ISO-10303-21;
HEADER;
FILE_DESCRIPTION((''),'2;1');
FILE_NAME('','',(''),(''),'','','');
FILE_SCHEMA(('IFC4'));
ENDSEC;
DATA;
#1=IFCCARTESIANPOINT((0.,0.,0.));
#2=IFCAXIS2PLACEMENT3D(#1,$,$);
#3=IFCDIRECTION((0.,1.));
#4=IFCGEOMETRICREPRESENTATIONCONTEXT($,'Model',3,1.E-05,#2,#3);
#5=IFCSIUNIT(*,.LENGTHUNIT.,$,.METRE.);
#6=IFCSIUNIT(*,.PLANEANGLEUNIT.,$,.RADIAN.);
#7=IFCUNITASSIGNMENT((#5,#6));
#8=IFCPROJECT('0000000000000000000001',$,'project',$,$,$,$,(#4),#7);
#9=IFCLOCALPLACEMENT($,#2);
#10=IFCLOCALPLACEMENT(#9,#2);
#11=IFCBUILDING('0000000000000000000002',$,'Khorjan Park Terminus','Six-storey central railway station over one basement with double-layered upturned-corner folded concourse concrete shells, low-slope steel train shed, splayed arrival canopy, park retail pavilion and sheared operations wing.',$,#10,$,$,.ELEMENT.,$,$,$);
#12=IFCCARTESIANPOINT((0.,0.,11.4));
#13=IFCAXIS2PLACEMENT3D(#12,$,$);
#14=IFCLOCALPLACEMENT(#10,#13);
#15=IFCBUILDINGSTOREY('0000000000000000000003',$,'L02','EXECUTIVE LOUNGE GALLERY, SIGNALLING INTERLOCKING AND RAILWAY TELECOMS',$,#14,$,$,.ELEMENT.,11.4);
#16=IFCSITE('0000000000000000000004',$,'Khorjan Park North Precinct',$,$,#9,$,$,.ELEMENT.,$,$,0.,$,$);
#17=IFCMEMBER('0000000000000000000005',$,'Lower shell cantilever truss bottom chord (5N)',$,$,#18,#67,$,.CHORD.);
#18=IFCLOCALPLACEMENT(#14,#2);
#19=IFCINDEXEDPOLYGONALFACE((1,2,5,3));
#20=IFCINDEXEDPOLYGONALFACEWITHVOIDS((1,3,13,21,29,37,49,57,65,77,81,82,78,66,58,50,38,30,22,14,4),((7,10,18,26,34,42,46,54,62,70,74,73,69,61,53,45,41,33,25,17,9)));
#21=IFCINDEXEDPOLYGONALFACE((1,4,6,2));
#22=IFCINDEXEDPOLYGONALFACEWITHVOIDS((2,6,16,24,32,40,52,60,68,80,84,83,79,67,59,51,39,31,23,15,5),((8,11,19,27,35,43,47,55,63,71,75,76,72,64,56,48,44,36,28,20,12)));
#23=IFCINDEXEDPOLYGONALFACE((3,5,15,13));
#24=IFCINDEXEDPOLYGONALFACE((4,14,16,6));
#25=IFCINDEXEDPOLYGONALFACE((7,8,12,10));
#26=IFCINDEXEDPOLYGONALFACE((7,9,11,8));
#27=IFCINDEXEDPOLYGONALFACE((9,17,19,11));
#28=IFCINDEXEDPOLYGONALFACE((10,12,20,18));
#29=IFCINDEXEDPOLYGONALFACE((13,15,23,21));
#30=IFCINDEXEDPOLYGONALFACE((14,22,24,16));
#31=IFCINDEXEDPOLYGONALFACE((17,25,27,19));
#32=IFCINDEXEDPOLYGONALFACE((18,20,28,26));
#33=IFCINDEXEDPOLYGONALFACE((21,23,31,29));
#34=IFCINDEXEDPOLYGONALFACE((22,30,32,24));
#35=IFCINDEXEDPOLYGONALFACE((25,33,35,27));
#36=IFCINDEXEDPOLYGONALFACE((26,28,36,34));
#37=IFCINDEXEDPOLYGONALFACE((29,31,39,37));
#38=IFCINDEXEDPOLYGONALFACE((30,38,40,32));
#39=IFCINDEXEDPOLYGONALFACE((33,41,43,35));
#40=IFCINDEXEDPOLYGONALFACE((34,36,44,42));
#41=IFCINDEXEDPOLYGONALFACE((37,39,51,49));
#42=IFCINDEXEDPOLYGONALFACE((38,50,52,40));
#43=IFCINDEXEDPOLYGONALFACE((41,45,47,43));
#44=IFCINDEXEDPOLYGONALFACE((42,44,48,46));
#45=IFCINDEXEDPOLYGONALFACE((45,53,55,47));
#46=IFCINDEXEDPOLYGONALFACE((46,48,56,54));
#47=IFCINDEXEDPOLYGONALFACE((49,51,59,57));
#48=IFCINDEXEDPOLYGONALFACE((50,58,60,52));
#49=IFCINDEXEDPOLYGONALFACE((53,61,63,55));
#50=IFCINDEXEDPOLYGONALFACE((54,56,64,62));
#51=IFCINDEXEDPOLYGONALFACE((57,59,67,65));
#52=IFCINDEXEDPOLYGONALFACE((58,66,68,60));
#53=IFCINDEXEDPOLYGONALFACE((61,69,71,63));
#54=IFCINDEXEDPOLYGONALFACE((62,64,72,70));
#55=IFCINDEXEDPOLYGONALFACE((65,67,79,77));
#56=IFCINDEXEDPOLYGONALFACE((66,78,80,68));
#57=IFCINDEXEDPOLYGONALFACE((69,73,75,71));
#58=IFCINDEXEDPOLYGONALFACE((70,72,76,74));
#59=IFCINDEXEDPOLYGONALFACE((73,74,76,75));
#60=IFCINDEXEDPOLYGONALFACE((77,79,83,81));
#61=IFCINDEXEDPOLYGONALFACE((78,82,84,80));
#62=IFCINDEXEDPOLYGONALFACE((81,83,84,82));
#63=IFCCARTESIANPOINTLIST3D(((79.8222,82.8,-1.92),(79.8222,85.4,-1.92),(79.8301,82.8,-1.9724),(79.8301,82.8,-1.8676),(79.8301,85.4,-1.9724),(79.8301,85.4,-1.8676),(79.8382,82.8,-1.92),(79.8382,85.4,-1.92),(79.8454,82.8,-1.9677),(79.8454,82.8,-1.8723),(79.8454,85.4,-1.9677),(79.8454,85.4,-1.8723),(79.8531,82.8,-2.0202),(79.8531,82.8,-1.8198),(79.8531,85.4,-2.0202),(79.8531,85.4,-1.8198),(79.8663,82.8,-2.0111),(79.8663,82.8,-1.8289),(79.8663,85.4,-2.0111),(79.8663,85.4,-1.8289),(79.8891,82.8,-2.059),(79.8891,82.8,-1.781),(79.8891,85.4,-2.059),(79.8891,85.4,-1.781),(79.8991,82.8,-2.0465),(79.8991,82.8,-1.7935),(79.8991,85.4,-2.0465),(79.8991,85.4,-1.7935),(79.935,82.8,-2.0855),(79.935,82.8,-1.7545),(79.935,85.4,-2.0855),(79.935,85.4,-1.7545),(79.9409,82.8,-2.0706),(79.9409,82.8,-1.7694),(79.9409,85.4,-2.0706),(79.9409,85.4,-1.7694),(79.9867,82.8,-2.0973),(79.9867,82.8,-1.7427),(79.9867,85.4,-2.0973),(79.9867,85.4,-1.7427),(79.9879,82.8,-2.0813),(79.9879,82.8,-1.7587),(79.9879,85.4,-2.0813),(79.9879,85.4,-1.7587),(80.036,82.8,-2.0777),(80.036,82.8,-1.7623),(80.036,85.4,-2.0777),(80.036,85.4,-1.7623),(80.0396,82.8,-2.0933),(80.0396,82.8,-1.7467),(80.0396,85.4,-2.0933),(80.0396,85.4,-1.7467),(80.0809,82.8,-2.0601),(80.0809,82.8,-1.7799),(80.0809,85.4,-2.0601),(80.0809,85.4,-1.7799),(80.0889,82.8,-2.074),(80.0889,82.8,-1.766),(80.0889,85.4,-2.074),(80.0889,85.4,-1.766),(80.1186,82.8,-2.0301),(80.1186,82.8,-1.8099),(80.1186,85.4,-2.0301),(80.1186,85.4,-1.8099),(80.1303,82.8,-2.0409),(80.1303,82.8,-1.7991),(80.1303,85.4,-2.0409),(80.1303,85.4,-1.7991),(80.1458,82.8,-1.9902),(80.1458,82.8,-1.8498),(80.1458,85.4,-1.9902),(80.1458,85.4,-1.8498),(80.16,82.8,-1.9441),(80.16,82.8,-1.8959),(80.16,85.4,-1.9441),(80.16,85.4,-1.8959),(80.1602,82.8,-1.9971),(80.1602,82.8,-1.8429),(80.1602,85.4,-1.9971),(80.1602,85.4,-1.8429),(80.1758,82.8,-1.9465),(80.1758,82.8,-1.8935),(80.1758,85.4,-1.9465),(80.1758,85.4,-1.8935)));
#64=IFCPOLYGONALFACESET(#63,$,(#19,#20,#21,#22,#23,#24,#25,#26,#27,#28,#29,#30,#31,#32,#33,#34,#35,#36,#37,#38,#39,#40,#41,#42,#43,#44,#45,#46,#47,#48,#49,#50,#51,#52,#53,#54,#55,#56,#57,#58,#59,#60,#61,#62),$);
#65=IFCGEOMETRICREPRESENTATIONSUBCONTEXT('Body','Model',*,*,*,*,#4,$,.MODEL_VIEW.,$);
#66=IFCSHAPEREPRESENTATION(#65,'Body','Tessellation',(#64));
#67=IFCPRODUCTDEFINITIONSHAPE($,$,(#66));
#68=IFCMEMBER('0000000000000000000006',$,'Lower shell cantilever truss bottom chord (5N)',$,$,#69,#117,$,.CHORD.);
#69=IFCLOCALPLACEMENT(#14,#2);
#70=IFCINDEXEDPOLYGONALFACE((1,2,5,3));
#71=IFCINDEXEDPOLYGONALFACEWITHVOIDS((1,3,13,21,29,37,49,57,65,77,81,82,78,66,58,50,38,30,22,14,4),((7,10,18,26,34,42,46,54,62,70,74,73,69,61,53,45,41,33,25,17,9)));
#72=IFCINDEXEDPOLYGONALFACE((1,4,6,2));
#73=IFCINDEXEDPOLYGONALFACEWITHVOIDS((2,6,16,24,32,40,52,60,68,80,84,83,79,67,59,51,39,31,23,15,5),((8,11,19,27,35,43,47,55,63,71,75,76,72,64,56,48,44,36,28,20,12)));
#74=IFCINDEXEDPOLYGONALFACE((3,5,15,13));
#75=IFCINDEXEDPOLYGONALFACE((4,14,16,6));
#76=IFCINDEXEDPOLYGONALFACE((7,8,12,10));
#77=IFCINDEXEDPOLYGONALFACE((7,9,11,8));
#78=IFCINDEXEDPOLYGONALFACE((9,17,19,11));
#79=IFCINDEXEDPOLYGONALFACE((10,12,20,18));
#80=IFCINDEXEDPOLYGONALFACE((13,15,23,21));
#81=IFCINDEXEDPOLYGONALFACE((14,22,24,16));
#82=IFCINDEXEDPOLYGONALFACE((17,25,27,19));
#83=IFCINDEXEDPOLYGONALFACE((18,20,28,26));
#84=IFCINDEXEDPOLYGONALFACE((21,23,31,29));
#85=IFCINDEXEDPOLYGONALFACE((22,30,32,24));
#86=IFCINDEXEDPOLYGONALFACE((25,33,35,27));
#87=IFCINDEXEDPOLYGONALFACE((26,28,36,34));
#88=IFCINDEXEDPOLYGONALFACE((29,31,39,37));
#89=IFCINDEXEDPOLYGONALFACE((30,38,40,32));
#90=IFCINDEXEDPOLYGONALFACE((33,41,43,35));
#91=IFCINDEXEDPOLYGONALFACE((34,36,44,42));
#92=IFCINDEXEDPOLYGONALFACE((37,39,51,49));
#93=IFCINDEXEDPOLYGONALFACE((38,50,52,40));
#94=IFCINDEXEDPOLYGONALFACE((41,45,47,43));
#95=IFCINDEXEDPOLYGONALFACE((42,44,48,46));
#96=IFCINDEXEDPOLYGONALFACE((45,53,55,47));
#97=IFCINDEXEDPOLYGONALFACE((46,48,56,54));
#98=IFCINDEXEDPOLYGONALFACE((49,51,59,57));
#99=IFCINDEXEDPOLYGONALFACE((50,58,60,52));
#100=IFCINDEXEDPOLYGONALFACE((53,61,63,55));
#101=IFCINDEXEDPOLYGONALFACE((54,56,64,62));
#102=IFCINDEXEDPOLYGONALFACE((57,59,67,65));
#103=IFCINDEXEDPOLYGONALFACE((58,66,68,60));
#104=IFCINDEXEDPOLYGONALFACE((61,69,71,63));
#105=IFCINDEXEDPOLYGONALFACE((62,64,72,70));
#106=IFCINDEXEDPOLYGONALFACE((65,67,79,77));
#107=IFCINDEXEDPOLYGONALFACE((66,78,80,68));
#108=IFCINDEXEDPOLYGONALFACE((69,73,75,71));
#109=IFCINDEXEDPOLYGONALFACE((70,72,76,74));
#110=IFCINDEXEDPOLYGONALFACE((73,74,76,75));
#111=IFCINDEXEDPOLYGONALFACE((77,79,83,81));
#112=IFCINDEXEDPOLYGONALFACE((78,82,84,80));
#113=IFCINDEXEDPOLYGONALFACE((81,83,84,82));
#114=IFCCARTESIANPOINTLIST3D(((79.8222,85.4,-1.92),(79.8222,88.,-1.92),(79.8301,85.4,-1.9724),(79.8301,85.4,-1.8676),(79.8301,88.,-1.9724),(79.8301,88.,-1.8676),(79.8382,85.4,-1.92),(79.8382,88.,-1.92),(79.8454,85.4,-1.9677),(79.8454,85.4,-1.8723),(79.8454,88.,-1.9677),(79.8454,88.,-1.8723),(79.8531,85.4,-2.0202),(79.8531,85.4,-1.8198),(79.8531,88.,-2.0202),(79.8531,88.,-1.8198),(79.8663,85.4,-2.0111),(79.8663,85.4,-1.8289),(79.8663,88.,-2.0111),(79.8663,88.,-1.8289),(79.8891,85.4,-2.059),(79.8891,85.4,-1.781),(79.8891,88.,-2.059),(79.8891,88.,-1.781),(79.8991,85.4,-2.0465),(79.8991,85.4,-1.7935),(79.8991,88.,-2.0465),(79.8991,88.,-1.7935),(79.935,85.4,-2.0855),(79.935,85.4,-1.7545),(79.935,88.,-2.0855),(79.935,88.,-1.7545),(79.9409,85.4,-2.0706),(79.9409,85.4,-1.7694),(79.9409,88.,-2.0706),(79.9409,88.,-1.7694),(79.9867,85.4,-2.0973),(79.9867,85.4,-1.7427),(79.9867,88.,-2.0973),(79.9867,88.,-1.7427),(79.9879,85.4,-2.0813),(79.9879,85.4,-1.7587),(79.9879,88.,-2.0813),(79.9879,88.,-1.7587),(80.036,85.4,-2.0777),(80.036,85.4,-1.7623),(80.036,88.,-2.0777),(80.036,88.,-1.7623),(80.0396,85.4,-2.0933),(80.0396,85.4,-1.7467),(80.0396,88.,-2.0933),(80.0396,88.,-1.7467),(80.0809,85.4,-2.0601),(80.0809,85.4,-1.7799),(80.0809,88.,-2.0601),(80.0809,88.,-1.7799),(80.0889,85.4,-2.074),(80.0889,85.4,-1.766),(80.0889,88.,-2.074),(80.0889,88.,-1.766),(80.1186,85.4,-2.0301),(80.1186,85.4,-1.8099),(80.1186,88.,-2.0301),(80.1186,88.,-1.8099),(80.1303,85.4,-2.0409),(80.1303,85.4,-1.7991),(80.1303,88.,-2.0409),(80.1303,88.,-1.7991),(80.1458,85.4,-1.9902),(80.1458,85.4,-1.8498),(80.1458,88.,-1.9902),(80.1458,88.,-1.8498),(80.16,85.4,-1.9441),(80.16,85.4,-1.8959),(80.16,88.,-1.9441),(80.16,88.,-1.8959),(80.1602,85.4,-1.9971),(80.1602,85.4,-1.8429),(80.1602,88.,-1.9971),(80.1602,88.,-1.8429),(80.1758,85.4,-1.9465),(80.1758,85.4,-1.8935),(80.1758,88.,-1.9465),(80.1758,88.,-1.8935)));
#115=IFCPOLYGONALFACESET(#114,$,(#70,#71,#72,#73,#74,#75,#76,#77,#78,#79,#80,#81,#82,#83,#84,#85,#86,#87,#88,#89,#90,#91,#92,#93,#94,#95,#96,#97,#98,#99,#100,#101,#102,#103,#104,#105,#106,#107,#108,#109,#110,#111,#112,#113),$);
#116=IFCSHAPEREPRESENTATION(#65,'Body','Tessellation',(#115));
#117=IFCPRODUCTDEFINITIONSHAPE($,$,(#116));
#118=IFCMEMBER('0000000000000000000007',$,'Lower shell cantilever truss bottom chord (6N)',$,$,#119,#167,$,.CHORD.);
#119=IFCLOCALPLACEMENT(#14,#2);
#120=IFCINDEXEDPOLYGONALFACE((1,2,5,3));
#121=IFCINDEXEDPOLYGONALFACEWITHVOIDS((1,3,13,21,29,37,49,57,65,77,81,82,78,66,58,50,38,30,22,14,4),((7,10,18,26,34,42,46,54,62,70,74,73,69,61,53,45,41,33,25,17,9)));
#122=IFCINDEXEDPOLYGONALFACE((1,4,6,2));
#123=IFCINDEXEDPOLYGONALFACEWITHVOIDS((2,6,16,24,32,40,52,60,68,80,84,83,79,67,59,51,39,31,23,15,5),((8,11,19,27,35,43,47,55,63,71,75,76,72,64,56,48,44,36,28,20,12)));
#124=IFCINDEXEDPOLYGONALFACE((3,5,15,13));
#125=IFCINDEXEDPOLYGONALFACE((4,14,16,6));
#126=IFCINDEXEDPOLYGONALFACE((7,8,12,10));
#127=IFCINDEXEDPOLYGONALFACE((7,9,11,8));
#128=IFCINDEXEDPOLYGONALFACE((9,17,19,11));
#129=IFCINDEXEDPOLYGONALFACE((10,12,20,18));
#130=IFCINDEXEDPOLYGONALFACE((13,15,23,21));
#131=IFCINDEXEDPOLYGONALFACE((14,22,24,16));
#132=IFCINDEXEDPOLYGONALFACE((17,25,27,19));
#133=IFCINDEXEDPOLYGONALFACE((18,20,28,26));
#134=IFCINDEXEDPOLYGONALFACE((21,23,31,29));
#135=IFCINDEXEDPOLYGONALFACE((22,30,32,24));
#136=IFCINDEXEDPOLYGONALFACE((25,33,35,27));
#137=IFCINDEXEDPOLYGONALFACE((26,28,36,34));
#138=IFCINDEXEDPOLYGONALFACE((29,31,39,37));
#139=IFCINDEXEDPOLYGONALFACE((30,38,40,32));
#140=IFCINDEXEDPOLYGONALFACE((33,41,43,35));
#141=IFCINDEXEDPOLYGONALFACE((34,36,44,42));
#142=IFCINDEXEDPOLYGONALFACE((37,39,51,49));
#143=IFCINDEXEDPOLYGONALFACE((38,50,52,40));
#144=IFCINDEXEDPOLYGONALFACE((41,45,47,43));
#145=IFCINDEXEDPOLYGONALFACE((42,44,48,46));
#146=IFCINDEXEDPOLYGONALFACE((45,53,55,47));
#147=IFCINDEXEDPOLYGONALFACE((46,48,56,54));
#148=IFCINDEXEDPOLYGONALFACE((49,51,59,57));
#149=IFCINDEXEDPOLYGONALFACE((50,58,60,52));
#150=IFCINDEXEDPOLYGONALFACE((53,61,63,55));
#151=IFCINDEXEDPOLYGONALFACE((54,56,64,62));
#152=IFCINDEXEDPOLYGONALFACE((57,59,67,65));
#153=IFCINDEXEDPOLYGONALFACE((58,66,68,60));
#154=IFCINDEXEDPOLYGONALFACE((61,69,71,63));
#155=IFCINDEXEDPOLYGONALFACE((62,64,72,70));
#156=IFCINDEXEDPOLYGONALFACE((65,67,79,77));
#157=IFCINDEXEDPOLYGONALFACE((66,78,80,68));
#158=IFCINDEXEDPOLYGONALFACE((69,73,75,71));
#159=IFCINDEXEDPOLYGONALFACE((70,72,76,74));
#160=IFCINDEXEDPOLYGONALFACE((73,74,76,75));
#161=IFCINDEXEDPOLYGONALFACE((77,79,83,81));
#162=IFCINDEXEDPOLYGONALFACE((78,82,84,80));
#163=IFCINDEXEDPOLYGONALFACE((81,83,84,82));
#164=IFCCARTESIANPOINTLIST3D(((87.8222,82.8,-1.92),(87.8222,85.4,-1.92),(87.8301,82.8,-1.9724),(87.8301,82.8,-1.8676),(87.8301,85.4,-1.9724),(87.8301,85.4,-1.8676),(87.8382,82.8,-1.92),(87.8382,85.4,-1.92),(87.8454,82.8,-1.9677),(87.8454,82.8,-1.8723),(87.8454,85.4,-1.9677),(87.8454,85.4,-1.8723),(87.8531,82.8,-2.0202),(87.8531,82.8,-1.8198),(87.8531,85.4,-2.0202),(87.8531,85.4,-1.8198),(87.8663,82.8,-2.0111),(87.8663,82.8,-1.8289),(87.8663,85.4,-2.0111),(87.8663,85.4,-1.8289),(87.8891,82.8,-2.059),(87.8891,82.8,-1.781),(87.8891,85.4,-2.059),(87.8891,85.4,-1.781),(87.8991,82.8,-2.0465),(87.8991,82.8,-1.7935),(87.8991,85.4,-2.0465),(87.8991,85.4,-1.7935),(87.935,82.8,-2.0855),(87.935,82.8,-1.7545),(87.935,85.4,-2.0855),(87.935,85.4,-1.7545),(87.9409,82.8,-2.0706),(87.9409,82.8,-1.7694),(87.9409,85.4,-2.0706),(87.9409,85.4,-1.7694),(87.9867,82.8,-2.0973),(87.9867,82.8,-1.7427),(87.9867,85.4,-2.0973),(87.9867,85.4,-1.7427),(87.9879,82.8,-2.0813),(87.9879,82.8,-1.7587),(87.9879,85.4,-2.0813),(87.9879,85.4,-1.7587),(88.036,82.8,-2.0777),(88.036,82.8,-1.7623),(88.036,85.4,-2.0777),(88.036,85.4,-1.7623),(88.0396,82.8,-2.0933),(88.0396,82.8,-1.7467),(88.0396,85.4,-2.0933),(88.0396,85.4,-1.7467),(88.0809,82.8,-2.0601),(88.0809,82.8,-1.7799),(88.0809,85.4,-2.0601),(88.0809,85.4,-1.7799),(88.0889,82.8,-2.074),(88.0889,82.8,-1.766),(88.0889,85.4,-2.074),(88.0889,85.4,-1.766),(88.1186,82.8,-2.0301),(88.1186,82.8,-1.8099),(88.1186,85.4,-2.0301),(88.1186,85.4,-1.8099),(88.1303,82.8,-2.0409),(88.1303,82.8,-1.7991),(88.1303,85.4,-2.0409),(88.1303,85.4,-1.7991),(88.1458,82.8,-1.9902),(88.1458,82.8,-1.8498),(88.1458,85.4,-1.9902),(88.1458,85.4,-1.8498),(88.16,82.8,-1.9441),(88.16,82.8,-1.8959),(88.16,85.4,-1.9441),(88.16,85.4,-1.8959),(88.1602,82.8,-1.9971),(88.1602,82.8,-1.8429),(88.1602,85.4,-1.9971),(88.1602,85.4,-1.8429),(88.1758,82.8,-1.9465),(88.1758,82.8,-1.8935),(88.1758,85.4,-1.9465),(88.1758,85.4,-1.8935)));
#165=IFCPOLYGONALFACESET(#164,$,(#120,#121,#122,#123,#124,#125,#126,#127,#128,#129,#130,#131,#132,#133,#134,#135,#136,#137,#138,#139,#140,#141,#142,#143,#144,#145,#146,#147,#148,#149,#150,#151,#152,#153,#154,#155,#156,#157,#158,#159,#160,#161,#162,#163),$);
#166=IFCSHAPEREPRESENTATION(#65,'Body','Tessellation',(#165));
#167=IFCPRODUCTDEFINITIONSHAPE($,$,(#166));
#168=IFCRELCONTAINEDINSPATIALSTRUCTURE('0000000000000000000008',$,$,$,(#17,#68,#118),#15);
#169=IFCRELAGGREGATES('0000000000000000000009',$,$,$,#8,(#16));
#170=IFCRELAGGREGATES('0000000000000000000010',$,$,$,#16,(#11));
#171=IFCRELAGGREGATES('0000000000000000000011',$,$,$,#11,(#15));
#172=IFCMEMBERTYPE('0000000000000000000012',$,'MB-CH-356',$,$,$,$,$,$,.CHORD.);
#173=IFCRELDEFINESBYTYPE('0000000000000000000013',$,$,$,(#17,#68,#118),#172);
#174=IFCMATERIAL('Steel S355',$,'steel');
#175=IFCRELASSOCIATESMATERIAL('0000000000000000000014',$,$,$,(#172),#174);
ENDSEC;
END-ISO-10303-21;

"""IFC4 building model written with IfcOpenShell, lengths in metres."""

from ifc_helpers import new_model, si_unit, direction, frame, origin, origin_2d, place, context, subcontext, project, spatial, hollow_circle, extrude, material, material_profile, profile_set, type_object, element, save


model = new_model("IFC4")

# Units and contexts
model_context = context("Model", 3, precision=1e-05, world=origin(), true_north=direction((0.0, 1.0)))
body_context = subcontext(model_context, "Body", "Model", "MODEL_VIEW")
ifc_project = project(units=[si_unit("LENGTHUNIT", "METRE"), si_unit("PLANEANGLEUNIT", "RADIAN")], contexts=[model_context])

# Site, building, storey
site_placement = place(None, origin())
site = spatial("IfcSite", under=ifc_project, at=site_placement, Name="Khorjan Park North Precinct", CompositionType="ELEMENT", RefElevation=0.0)
building_placement = place(site_placement, origin())
building = spatial("IfcBuilding", under=site, at=building_placement, Name="Khorjan Park Terminus", Description="Six-storey central railway station over one basement with double-layered upturned-corner folded concourse concrete shells, low-slope steel train shed, splayed arrival canopy, park retail pavilion and sheared operations wing.", CompositionType="ELEMENT")
storey_placement = place(building_placement, frame((0.0, 0.0, 11.4)))
storey = spatial("IfcBuildingStorey", under=building, at=storey_placement, Name="L02", Description="EXECUTIVE LOUNGE GALLERY, SIGNALLING INTERLOCKING AND RAILWAY TELECOMS", CompositionType="ELEMENT", Elevation=11.4)

# Members
ifc_material_1 = material(Name="Steel S355", Category="steel")
ifc_material_profile_1 = material_profile(ifc_material_1, hollow_circle(Radius=0.1778, WallThickness=0.016, at=origin_2d()), Name="CHS 355.6x16")
ifc_profile_set_1 = profile_set([ifc_material_profile_1], Name="Steel S355")
member_type_1 = type_object("IfcMemberType", Name="MB-CH-356", PredefinedType="CHORD", material=ifc_profile_set_1)
for number, where, z_axis, x_axis, name in (
    (1, (80.0, 82.8, -1.92), (0.0, 1.0, 0.0), (-1.0, 0.0, 0.0), "Lower shell cantilever truss bottom chord (5N)"),
    (2, (80.0, 85.4, -1.92), (0.0, 1.0, 0.0), (-1.0, 0.0, 0.0), "Lower shell cantilever truss bottom chord (5N)"),
    (3, (88.0, 82.8, -1.92), (0.0, 1.0, 0.0), (-1.0, 0.0, 0.0), "Lower shell cantilever truss bottom chord (6N)"),
):
    element("IfcMember", number, at=place(storey_placement, frame(where, z_axis=z_axis, x_axis=x_axis)), inside=storey, type_object=member_type_1, Name=name, PredefinedType="CHORD", context=body_context, shape_type="SweptSolid", body=[
        extrude(hollow_circle(Radius=0.1778, WallThickness=0.016, at=origin_2d()), origin(), (0.0, 0.0, 1.0), 2.6),
    ])

save(model, "model.ifc")
